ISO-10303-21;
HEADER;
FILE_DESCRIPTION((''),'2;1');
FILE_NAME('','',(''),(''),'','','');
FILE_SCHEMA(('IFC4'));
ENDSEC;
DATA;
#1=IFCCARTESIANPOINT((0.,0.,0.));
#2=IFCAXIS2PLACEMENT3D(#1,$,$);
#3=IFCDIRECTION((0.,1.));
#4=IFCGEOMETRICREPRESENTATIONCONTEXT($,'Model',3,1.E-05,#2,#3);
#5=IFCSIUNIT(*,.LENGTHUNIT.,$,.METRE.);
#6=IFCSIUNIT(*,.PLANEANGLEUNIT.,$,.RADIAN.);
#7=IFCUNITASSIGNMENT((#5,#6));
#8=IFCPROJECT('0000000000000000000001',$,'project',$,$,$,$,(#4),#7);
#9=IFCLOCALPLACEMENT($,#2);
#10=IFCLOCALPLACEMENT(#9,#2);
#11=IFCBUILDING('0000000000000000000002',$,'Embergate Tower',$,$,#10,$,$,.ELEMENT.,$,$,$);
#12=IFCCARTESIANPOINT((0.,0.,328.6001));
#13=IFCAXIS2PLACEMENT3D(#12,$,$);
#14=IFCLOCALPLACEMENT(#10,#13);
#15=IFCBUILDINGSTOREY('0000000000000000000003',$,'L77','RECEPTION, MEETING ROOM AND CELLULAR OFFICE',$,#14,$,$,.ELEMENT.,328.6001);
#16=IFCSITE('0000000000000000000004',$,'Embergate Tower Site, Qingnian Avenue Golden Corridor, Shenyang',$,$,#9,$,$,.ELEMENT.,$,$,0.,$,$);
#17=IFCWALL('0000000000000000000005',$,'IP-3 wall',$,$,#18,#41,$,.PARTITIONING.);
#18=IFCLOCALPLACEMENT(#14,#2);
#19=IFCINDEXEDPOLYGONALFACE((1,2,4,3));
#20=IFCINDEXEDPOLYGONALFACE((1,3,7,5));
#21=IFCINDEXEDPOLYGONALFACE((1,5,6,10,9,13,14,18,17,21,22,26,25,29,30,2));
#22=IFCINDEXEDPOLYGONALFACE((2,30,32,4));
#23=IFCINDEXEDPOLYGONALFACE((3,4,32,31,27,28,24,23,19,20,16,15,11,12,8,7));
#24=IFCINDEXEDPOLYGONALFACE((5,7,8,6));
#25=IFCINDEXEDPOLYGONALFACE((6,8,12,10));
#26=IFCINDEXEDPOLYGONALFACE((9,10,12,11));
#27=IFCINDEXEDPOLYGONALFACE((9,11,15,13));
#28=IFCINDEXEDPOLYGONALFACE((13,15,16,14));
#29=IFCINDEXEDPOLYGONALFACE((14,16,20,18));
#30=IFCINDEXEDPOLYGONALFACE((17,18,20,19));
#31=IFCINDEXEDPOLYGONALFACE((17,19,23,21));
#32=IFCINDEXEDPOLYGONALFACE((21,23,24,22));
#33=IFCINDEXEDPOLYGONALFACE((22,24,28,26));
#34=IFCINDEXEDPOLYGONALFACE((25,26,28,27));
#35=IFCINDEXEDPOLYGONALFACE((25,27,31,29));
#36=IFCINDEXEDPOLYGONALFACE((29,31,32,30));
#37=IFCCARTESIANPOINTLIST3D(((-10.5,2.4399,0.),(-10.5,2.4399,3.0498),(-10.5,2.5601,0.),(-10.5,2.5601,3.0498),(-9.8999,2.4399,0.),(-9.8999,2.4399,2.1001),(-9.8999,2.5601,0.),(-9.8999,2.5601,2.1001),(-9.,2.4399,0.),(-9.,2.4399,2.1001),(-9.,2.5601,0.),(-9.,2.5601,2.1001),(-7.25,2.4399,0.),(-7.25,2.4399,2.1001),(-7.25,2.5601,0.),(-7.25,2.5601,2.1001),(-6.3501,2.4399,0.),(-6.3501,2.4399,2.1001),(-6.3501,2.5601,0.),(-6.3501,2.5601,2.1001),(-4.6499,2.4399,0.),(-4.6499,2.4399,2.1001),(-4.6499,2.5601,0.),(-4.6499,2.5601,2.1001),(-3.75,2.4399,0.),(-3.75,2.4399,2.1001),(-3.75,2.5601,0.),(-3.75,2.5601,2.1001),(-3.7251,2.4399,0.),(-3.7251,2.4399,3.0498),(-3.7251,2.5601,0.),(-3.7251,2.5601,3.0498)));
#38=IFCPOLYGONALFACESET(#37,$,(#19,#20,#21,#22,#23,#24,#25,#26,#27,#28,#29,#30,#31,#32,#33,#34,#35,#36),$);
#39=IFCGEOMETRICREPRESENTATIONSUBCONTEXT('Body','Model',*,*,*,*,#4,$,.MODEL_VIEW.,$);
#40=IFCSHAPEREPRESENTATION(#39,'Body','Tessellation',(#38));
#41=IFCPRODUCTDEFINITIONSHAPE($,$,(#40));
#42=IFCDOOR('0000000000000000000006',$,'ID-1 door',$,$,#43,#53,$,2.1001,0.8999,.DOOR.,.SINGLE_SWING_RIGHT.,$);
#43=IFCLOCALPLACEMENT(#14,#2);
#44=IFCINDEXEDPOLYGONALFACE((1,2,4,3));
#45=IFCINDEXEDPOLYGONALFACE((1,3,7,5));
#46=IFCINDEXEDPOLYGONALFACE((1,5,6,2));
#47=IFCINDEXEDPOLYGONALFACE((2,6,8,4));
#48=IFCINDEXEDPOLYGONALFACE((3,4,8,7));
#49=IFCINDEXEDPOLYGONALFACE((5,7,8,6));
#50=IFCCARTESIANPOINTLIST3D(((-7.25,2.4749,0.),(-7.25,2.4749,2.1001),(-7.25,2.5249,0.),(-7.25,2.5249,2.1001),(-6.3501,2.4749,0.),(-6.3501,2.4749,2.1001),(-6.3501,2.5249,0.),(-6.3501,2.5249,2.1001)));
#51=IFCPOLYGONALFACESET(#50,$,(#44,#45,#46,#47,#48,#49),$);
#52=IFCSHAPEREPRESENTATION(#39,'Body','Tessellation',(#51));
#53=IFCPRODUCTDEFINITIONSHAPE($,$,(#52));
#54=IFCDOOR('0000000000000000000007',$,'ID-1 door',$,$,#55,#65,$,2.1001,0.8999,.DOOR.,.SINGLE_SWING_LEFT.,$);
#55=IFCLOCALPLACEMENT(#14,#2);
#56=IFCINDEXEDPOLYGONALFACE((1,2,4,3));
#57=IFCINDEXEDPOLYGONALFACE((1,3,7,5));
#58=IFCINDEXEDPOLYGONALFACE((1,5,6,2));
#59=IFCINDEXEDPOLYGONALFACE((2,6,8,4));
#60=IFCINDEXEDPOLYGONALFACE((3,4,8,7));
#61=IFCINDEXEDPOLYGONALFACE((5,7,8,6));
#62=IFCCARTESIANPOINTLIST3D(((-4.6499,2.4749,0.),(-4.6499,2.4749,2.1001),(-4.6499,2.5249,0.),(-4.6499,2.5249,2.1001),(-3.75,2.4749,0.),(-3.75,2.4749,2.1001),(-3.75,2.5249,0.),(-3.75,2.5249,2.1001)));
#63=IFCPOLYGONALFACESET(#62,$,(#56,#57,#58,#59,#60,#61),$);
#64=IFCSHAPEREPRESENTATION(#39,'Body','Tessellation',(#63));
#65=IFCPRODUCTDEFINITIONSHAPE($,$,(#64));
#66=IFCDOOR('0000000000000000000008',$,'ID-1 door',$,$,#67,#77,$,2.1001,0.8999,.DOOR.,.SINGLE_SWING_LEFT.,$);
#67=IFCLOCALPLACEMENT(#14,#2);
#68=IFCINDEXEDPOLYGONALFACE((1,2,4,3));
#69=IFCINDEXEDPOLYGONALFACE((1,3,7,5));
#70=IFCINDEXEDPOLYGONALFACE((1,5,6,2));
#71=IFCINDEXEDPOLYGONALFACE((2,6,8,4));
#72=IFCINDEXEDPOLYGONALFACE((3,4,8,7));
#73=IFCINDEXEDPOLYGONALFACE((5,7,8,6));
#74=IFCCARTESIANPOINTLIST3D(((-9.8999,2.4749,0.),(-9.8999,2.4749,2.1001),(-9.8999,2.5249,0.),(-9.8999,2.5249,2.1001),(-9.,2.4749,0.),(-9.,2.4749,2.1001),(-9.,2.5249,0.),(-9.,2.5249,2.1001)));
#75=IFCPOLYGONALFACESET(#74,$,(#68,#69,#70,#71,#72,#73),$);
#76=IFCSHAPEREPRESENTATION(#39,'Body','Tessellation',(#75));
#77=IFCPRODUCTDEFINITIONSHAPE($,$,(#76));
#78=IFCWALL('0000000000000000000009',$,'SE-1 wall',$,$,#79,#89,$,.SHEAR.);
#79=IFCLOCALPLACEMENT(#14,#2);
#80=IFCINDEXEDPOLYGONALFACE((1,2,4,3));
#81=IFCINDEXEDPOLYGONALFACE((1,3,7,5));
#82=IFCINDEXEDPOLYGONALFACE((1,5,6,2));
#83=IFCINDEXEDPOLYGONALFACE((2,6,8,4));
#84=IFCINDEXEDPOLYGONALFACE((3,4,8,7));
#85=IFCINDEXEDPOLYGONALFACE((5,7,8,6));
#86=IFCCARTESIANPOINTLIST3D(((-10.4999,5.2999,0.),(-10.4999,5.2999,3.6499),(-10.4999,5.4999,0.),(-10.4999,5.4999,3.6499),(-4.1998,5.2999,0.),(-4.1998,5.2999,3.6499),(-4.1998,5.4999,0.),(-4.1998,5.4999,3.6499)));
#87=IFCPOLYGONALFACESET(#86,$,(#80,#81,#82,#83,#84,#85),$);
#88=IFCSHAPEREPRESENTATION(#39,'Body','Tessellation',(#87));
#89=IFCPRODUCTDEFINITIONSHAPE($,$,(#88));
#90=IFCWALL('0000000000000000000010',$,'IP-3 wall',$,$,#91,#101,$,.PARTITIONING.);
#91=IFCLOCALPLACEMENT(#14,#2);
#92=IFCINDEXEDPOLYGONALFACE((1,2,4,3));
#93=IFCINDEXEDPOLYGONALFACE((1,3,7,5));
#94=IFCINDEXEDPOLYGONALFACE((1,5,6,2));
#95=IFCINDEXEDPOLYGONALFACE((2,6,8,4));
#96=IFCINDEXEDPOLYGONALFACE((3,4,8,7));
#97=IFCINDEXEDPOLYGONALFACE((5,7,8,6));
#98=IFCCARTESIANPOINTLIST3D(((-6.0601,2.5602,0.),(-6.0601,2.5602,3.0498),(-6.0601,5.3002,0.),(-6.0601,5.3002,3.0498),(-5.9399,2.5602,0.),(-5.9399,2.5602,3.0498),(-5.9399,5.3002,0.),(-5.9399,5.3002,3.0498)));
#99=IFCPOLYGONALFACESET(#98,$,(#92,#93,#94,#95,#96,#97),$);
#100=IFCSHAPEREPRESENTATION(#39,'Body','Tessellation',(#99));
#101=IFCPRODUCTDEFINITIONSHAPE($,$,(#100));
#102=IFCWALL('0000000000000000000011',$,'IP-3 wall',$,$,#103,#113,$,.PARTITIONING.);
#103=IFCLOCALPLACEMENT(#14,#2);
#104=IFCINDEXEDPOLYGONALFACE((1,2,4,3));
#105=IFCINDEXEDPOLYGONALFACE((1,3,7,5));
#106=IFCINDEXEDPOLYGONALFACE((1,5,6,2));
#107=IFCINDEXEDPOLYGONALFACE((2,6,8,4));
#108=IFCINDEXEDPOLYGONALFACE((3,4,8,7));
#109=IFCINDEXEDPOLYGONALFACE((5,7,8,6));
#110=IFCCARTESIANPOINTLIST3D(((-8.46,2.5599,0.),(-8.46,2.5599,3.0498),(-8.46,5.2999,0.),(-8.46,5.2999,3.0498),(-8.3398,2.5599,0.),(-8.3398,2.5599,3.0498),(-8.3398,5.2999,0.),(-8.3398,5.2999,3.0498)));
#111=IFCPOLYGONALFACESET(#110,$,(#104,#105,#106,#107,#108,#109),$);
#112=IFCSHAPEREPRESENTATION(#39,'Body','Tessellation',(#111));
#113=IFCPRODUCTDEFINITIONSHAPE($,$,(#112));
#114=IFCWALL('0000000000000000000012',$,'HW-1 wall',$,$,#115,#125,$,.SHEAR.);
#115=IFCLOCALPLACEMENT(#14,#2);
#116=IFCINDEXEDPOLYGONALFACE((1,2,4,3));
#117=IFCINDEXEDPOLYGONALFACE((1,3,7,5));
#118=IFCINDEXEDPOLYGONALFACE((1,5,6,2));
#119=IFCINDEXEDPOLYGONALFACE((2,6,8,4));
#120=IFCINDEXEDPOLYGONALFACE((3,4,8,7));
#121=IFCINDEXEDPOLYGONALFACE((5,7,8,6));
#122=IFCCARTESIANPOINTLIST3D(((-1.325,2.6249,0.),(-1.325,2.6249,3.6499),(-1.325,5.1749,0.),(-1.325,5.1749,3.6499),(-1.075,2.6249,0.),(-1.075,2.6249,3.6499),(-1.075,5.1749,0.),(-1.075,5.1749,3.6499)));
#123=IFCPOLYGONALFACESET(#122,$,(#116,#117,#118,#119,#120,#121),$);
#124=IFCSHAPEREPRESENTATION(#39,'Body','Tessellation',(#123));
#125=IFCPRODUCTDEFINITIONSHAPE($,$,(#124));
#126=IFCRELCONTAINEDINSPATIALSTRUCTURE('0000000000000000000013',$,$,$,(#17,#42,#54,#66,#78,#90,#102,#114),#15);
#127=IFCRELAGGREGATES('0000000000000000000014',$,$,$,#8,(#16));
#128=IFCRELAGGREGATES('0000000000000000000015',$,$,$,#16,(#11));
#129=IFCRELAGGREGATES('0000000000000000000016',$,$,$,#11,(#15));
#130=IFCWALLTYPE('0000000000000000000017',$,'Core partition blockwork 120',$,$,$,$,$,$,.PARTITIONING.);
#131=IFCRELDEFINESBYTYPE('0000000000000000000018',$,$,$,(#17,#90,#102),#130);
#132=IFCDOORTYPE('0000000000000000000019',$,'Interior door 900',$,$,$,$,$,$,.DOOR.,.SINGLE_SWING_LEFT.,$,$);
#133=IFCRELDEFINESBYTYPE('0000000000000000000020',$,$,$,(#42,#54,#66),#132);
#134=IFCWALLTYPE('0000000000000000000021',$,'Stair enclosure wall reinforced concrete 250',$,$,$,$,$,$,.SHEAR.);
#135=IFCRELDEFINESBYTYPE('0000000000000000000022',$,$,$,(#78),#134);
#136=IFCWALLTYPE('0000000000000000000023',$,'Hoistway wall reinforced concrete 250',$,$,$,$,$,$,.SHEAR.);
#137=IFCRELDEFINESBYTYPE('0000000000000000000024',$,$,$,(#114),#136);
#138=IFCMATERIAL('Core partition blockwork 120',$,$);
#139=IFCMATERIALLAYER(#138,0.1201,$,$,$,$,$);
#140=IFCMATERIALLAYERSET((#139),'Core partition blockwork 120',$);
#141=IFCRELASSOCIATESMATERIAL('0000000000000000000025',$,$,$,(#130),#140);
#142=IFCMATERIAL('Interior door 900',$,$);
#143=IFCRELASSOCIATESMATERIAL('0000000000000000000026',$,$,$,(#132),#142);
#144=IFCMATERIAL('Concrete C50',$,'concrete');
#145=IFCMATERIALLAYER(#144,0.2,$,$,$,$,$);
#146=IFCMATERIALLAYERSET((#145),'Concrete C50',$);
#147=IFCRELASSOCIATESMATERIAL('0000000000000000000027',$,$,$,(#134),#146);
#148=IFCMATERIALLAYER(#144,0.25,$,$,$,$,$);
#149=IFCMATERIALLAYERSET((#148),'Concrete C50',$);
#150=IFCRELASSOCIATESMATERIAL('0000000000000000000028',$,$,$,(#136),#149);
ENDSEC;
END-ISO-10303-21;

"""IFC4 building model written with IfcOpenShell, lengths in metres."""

from ifc_helpers import new_model, si_unit, direction, frame, frame_2d, origin, place, context, subcontext, project, spatial, rectangle, extrude, source, transform, mapped, material, layer, layer_set, type_object, element, fill, save


model = new_model("IFC4")

# Units and contexts
model_context = context("Model", 3, precision=1e-05, world=origin(), true_north=direction((0.0, 1.0)))
body_context = subcontext(model_context, "Body", "Model", "MODEL_VIEW")
ifc_project = project(units=[si_unit("LENGTHUNIT", "METRE"), si_unit("PLANEANGLEUNIT", "RADIAN")], contexts=[model_context])

# Site, building, storey
site_placement = place(None, origin())
site = spatial("IfcSite", under=ifc_project, at=site_placement, Name="Embergate Tower Site, Qingnian Avenue Golden Corridor, Shenyang", CompositionType="ELEMENT", RefElevation=0.0)
building_placement = place(site_placement, origin())
building = spatial("IfcBuilding", under=site, at=building_placement, Name="Embergate Tower", CompositionType="ELEMENT")
storey_placement = place(building_placement, frame((0.0, 0.0, 328.6001)))
storey = spatial("IfcBuildingStorey", under=building, at=storey_placement, Name="L77", Description="RECEPTION, MEETING ROOM AND CELLULAR OFFICE", CompositionType="ELEMENT", Elevation=328.6001)

# Wall, openings, doors
ifc_material_1 = material(Name="Core partition blockwork 120")
ifc_layer_1 = layer(ifc_material_1, 0.1201)
ifc_layer_set_1 = layer_set([ifc_layer_1], Name="Core partition blockwork 120")
wall_type_1 = type_object("IfcWallType", Name="Core partition blockwork 120", PredefinedType="PARTITIONING", material=ifc_layer_set_1)
shared_shape_1 = source(origin(), body_context, "Body", "SweptSolid", [
    extrude(rectangle(XDim=6.7749, YDim=0.1201, at=frame_2d((3.3875, 0.0))), origin(), (0.0, 0.0, 1.0), 3.0498),
])
wall_1_placement = place(storey_placement, frame((-10.5, 2.5, 0.0), z_axis=(0.0, 0.0, 1.0), x_axis=(1.0, 0.0, 0.0)))
wall_1 = element("IfcWall", 1, at=wall_1_placement, inside=storey, type_object=wall_type_1, Name="IP-3 wall", PredefinedType="PARTITIONING", context=body_context, shape_type="MappedRepresentation", body=[
    mapped(shared_shape_1, transform((0.0, 0.0, 0.0))),
])
shared_shape_2 = source(origin(), body_context, "Body", "SweptSolid", [
    extrude(rectangle(XDim=0.8999, YDim=2.1001, at=frame_2d((0.45, 1.05))), frame((0.0, 0.0701, 0.0), z_axis=(0.0, -1.0, 0.0), x_axis=(1.0, 0.0, 0.0)), (0.0, 0.0, 1.0), 0.1401),
])
opening_1_placement = place(wall_1_placement, frame((3.25, 0.0, 0.0)))
opening_1 = element("IfcOpeningElement", 2, at=opening_1_placement, cuts=wall_1, PredefinedType="OPENING", context=body_context, shape_type="MappedRepresentation", body=[
    mapped(shared_shape_2, transform((0.0, 0.0, 0.0))),
])
opening_2_placement = place(wall_1_placement, frame((5.8501, 0.0, 0.0)))
opening_2 = element("IfcOpeningElement", 3, at=opening_2_placement, cuts=wall_1, PredefinedType="OPENING", context=body_context, shape_type="MappedRepresentation", body=[
    mapped(shared_shape_2, transform((0.0, 0.0, 0.0))),
])
opening_3_placement = place(wall_1_placement, frame((0.6001, 0.0, 0.0)))
opening_3 = element("IfcOpeningElement", 4, at=opening_3_placement, cuts=wall_1, PredefinedType="OPENING", context=body_context, shape_type="MappedRepresentation", body=[
    mapped(shared_shape_2, transform((0.0, 0.0, 0.0))),
])
ifc_material_2 = material(Name="Interior door 900")
door_type_1 = type_object("IfcDoorType", Name="Interior door 900", OperationType="SINGLE_SWING_LEFT", PredefinedType="DOOR", material=ifc_material_2)
shared_shape_3 = source(origin(), body_context, "Body", "SweptSolid", [
    extrude(rectangle(XDim=0.8999, YDim=2.1001, at=frame_2d((0.45, 1.05))), frame((0.0, 0.0249, 0.0), z_axis=(0.0, -1.0, 0.0), x_axis=(1.0, 0.0, 0.0)), (0.0, 0.0, 1.0), 0.05),
])
door_1_placement = place(opening_1_placement, origin())
door_1 = element("IfcDoor", 5, at=door_1_placement, inside=storey, type_object=door_type_1, Name="ID-1 door", OperationType="SINGLE_SWING_RIGHT", OverallHeight=2.1001, OverallWidth=0.8999, PredefinedType="DOOR", context=body_context, shape_type="MappedRepresentation", body=[
    mapped(shared_shape_3, transform((0.0, 0.0, 0.0))),
])
fill(opening_1, door_1)
door_2_placement = place(opening_2_placement, origin())
door_2 = element("IfcDoor", 6, at=door_2_placement, inside=storey, type_object=door_type_1, Name="ID-1 door", OperationType="SINGLE_SWING_LEFT", OverallHeight=2.1001, OverallWidth=0.8999, PredefinedType="DOOR", context=body_context, shape_type="MappedRepresentation", body=[
    mapped(shared_shape_3, transform((0.0, 0.0, 0.0))),
])
fill(opening_2, door_2)
door_3_placement = place(opening_3_placement, origin())
door_3 = element("IfcDoor", 7, at=door_3_placement, inside=storey, type_object=door_type_1, Name="ID-1 door", OperationType="SINGLE_SWING_LEFT", OverallHeight=2.1001, OverallWidth=0.8999, PredefinedType="DOOR", context=body_context, shape_type="MappedRepresentation", body=[
    mapped(shared_shape_3, transform((0.0, 0.0, 0.0))),
])
fill(opening_3, door_3)

# Walls
ifc_material_3 = material(Name="Concrete C50", Category="concrete")
ifc_layer_2 = layer(ifc_material_3, 0.2)
ifc_layer_set_2 = layer_set([ifc_layer_2], Name="Concrete C50")
wall_type_2 = type_object("IfcWallType", Name="Stair enclosure wall reinforced concrete 250", PredefinedType="SHEAR", material=ifc_layer_set_2)
shared_shape_4 = source(origin(), body_context, "Body", "SweptSolid", [
    extrude(rectangle(XDim=6.3, YDim=0.2, at=frame_2d((3.1499, 0.0))), origin(), (0.0, 0.0, 1.0), 3.6499),
])
wall_2_placement = place(storey_placement, frame((-4.2, 5.3999, 0.0), z_axis=(0.0, 0.0, 1.0), x_axis=(-1.0, 0.0, 0.0)))
element("IfcWall", 8, at=wall_2_placement, inside=storey, type_object=wall_type_2, Name="SE-1 wall", PredefinedType="SHEAR", context=body_context, shape_type="MappedRepresentation", body=[
    mapped(shared_shape_4, transform((0.0, 0.0, 0.0))),
])
shared_shape_5 = source(origin(), body_context, "Body", "SweptSolid", [
    extrude(rectangle(XDim=2.74, YDim=0.1201, at=frame_2d((1.3701, 0.0))), origin(), (0.0, 0.0, 1.0), 3.0498),
])
for number, where, z_axis, x_axis, name in (
    (9, (-6.0, 2.5601, 0.0), (0.0, 0.0, 1.0), (0.0, 1.0, 0.0), "IP-3 wall"),
    (10, (-8.3999, 5.3, 0.0), (0.0, 0.0, 1.0), (0.0, -1.0, 0.0), "IP-3 wall"),
):
    element("IfcWall", number, at=place(storey_placement, frame(where, z_axis=z_axis, x_axis=x_axis)), inside=storey, type_object=wall_type_1, Name=name, PredefinedType="PARTITIONING", context=body_context, shape_type="MappedRepresentation", body=[
        mapped(shared_shape_5, transform((0.0, 0.0, 0.0))),
    ])
ifc_layer_3 = layer(ifc_material_3, 0.25)
ifc_layer_set_3 = layer_set([ifc_layer_3], Name="Concrete C50")
wall_type_3 = type_object("IfcWallType", Name="Hoistway wall reinforced concrete 250", PredefinedType="SHEAR", material=ifc_layer_set_3)
shared_shape_6 = source(origin(), body_context, "Body", "SweptSolid", [
    extrude(rectangle(XDim=2.55, YDim=0.25, at=frame_2d((1.2749, 0.0))), origin(), (0.0, 0.0, 1.0), 3.6499),
])
wall_3_placement = place(storey_placement, frame((-1.2, 2.625, 0.0), z_axis=(0.0, 0.0, 1.0), x_axis=(0.0, 1.0, 0.0)))
element("IfcWall", 11, at=wall_3_placement, inside=storey, type_object=wall_type_3, Name="HW-1 wall", PredefinedType="SHEAR", context=body_context, shape_type="MappedRepresentation", body=[
    mapped(shared_shape_6, transform((0.0, 0.0, 0.0))),
])

save(model, "model.ifc")
